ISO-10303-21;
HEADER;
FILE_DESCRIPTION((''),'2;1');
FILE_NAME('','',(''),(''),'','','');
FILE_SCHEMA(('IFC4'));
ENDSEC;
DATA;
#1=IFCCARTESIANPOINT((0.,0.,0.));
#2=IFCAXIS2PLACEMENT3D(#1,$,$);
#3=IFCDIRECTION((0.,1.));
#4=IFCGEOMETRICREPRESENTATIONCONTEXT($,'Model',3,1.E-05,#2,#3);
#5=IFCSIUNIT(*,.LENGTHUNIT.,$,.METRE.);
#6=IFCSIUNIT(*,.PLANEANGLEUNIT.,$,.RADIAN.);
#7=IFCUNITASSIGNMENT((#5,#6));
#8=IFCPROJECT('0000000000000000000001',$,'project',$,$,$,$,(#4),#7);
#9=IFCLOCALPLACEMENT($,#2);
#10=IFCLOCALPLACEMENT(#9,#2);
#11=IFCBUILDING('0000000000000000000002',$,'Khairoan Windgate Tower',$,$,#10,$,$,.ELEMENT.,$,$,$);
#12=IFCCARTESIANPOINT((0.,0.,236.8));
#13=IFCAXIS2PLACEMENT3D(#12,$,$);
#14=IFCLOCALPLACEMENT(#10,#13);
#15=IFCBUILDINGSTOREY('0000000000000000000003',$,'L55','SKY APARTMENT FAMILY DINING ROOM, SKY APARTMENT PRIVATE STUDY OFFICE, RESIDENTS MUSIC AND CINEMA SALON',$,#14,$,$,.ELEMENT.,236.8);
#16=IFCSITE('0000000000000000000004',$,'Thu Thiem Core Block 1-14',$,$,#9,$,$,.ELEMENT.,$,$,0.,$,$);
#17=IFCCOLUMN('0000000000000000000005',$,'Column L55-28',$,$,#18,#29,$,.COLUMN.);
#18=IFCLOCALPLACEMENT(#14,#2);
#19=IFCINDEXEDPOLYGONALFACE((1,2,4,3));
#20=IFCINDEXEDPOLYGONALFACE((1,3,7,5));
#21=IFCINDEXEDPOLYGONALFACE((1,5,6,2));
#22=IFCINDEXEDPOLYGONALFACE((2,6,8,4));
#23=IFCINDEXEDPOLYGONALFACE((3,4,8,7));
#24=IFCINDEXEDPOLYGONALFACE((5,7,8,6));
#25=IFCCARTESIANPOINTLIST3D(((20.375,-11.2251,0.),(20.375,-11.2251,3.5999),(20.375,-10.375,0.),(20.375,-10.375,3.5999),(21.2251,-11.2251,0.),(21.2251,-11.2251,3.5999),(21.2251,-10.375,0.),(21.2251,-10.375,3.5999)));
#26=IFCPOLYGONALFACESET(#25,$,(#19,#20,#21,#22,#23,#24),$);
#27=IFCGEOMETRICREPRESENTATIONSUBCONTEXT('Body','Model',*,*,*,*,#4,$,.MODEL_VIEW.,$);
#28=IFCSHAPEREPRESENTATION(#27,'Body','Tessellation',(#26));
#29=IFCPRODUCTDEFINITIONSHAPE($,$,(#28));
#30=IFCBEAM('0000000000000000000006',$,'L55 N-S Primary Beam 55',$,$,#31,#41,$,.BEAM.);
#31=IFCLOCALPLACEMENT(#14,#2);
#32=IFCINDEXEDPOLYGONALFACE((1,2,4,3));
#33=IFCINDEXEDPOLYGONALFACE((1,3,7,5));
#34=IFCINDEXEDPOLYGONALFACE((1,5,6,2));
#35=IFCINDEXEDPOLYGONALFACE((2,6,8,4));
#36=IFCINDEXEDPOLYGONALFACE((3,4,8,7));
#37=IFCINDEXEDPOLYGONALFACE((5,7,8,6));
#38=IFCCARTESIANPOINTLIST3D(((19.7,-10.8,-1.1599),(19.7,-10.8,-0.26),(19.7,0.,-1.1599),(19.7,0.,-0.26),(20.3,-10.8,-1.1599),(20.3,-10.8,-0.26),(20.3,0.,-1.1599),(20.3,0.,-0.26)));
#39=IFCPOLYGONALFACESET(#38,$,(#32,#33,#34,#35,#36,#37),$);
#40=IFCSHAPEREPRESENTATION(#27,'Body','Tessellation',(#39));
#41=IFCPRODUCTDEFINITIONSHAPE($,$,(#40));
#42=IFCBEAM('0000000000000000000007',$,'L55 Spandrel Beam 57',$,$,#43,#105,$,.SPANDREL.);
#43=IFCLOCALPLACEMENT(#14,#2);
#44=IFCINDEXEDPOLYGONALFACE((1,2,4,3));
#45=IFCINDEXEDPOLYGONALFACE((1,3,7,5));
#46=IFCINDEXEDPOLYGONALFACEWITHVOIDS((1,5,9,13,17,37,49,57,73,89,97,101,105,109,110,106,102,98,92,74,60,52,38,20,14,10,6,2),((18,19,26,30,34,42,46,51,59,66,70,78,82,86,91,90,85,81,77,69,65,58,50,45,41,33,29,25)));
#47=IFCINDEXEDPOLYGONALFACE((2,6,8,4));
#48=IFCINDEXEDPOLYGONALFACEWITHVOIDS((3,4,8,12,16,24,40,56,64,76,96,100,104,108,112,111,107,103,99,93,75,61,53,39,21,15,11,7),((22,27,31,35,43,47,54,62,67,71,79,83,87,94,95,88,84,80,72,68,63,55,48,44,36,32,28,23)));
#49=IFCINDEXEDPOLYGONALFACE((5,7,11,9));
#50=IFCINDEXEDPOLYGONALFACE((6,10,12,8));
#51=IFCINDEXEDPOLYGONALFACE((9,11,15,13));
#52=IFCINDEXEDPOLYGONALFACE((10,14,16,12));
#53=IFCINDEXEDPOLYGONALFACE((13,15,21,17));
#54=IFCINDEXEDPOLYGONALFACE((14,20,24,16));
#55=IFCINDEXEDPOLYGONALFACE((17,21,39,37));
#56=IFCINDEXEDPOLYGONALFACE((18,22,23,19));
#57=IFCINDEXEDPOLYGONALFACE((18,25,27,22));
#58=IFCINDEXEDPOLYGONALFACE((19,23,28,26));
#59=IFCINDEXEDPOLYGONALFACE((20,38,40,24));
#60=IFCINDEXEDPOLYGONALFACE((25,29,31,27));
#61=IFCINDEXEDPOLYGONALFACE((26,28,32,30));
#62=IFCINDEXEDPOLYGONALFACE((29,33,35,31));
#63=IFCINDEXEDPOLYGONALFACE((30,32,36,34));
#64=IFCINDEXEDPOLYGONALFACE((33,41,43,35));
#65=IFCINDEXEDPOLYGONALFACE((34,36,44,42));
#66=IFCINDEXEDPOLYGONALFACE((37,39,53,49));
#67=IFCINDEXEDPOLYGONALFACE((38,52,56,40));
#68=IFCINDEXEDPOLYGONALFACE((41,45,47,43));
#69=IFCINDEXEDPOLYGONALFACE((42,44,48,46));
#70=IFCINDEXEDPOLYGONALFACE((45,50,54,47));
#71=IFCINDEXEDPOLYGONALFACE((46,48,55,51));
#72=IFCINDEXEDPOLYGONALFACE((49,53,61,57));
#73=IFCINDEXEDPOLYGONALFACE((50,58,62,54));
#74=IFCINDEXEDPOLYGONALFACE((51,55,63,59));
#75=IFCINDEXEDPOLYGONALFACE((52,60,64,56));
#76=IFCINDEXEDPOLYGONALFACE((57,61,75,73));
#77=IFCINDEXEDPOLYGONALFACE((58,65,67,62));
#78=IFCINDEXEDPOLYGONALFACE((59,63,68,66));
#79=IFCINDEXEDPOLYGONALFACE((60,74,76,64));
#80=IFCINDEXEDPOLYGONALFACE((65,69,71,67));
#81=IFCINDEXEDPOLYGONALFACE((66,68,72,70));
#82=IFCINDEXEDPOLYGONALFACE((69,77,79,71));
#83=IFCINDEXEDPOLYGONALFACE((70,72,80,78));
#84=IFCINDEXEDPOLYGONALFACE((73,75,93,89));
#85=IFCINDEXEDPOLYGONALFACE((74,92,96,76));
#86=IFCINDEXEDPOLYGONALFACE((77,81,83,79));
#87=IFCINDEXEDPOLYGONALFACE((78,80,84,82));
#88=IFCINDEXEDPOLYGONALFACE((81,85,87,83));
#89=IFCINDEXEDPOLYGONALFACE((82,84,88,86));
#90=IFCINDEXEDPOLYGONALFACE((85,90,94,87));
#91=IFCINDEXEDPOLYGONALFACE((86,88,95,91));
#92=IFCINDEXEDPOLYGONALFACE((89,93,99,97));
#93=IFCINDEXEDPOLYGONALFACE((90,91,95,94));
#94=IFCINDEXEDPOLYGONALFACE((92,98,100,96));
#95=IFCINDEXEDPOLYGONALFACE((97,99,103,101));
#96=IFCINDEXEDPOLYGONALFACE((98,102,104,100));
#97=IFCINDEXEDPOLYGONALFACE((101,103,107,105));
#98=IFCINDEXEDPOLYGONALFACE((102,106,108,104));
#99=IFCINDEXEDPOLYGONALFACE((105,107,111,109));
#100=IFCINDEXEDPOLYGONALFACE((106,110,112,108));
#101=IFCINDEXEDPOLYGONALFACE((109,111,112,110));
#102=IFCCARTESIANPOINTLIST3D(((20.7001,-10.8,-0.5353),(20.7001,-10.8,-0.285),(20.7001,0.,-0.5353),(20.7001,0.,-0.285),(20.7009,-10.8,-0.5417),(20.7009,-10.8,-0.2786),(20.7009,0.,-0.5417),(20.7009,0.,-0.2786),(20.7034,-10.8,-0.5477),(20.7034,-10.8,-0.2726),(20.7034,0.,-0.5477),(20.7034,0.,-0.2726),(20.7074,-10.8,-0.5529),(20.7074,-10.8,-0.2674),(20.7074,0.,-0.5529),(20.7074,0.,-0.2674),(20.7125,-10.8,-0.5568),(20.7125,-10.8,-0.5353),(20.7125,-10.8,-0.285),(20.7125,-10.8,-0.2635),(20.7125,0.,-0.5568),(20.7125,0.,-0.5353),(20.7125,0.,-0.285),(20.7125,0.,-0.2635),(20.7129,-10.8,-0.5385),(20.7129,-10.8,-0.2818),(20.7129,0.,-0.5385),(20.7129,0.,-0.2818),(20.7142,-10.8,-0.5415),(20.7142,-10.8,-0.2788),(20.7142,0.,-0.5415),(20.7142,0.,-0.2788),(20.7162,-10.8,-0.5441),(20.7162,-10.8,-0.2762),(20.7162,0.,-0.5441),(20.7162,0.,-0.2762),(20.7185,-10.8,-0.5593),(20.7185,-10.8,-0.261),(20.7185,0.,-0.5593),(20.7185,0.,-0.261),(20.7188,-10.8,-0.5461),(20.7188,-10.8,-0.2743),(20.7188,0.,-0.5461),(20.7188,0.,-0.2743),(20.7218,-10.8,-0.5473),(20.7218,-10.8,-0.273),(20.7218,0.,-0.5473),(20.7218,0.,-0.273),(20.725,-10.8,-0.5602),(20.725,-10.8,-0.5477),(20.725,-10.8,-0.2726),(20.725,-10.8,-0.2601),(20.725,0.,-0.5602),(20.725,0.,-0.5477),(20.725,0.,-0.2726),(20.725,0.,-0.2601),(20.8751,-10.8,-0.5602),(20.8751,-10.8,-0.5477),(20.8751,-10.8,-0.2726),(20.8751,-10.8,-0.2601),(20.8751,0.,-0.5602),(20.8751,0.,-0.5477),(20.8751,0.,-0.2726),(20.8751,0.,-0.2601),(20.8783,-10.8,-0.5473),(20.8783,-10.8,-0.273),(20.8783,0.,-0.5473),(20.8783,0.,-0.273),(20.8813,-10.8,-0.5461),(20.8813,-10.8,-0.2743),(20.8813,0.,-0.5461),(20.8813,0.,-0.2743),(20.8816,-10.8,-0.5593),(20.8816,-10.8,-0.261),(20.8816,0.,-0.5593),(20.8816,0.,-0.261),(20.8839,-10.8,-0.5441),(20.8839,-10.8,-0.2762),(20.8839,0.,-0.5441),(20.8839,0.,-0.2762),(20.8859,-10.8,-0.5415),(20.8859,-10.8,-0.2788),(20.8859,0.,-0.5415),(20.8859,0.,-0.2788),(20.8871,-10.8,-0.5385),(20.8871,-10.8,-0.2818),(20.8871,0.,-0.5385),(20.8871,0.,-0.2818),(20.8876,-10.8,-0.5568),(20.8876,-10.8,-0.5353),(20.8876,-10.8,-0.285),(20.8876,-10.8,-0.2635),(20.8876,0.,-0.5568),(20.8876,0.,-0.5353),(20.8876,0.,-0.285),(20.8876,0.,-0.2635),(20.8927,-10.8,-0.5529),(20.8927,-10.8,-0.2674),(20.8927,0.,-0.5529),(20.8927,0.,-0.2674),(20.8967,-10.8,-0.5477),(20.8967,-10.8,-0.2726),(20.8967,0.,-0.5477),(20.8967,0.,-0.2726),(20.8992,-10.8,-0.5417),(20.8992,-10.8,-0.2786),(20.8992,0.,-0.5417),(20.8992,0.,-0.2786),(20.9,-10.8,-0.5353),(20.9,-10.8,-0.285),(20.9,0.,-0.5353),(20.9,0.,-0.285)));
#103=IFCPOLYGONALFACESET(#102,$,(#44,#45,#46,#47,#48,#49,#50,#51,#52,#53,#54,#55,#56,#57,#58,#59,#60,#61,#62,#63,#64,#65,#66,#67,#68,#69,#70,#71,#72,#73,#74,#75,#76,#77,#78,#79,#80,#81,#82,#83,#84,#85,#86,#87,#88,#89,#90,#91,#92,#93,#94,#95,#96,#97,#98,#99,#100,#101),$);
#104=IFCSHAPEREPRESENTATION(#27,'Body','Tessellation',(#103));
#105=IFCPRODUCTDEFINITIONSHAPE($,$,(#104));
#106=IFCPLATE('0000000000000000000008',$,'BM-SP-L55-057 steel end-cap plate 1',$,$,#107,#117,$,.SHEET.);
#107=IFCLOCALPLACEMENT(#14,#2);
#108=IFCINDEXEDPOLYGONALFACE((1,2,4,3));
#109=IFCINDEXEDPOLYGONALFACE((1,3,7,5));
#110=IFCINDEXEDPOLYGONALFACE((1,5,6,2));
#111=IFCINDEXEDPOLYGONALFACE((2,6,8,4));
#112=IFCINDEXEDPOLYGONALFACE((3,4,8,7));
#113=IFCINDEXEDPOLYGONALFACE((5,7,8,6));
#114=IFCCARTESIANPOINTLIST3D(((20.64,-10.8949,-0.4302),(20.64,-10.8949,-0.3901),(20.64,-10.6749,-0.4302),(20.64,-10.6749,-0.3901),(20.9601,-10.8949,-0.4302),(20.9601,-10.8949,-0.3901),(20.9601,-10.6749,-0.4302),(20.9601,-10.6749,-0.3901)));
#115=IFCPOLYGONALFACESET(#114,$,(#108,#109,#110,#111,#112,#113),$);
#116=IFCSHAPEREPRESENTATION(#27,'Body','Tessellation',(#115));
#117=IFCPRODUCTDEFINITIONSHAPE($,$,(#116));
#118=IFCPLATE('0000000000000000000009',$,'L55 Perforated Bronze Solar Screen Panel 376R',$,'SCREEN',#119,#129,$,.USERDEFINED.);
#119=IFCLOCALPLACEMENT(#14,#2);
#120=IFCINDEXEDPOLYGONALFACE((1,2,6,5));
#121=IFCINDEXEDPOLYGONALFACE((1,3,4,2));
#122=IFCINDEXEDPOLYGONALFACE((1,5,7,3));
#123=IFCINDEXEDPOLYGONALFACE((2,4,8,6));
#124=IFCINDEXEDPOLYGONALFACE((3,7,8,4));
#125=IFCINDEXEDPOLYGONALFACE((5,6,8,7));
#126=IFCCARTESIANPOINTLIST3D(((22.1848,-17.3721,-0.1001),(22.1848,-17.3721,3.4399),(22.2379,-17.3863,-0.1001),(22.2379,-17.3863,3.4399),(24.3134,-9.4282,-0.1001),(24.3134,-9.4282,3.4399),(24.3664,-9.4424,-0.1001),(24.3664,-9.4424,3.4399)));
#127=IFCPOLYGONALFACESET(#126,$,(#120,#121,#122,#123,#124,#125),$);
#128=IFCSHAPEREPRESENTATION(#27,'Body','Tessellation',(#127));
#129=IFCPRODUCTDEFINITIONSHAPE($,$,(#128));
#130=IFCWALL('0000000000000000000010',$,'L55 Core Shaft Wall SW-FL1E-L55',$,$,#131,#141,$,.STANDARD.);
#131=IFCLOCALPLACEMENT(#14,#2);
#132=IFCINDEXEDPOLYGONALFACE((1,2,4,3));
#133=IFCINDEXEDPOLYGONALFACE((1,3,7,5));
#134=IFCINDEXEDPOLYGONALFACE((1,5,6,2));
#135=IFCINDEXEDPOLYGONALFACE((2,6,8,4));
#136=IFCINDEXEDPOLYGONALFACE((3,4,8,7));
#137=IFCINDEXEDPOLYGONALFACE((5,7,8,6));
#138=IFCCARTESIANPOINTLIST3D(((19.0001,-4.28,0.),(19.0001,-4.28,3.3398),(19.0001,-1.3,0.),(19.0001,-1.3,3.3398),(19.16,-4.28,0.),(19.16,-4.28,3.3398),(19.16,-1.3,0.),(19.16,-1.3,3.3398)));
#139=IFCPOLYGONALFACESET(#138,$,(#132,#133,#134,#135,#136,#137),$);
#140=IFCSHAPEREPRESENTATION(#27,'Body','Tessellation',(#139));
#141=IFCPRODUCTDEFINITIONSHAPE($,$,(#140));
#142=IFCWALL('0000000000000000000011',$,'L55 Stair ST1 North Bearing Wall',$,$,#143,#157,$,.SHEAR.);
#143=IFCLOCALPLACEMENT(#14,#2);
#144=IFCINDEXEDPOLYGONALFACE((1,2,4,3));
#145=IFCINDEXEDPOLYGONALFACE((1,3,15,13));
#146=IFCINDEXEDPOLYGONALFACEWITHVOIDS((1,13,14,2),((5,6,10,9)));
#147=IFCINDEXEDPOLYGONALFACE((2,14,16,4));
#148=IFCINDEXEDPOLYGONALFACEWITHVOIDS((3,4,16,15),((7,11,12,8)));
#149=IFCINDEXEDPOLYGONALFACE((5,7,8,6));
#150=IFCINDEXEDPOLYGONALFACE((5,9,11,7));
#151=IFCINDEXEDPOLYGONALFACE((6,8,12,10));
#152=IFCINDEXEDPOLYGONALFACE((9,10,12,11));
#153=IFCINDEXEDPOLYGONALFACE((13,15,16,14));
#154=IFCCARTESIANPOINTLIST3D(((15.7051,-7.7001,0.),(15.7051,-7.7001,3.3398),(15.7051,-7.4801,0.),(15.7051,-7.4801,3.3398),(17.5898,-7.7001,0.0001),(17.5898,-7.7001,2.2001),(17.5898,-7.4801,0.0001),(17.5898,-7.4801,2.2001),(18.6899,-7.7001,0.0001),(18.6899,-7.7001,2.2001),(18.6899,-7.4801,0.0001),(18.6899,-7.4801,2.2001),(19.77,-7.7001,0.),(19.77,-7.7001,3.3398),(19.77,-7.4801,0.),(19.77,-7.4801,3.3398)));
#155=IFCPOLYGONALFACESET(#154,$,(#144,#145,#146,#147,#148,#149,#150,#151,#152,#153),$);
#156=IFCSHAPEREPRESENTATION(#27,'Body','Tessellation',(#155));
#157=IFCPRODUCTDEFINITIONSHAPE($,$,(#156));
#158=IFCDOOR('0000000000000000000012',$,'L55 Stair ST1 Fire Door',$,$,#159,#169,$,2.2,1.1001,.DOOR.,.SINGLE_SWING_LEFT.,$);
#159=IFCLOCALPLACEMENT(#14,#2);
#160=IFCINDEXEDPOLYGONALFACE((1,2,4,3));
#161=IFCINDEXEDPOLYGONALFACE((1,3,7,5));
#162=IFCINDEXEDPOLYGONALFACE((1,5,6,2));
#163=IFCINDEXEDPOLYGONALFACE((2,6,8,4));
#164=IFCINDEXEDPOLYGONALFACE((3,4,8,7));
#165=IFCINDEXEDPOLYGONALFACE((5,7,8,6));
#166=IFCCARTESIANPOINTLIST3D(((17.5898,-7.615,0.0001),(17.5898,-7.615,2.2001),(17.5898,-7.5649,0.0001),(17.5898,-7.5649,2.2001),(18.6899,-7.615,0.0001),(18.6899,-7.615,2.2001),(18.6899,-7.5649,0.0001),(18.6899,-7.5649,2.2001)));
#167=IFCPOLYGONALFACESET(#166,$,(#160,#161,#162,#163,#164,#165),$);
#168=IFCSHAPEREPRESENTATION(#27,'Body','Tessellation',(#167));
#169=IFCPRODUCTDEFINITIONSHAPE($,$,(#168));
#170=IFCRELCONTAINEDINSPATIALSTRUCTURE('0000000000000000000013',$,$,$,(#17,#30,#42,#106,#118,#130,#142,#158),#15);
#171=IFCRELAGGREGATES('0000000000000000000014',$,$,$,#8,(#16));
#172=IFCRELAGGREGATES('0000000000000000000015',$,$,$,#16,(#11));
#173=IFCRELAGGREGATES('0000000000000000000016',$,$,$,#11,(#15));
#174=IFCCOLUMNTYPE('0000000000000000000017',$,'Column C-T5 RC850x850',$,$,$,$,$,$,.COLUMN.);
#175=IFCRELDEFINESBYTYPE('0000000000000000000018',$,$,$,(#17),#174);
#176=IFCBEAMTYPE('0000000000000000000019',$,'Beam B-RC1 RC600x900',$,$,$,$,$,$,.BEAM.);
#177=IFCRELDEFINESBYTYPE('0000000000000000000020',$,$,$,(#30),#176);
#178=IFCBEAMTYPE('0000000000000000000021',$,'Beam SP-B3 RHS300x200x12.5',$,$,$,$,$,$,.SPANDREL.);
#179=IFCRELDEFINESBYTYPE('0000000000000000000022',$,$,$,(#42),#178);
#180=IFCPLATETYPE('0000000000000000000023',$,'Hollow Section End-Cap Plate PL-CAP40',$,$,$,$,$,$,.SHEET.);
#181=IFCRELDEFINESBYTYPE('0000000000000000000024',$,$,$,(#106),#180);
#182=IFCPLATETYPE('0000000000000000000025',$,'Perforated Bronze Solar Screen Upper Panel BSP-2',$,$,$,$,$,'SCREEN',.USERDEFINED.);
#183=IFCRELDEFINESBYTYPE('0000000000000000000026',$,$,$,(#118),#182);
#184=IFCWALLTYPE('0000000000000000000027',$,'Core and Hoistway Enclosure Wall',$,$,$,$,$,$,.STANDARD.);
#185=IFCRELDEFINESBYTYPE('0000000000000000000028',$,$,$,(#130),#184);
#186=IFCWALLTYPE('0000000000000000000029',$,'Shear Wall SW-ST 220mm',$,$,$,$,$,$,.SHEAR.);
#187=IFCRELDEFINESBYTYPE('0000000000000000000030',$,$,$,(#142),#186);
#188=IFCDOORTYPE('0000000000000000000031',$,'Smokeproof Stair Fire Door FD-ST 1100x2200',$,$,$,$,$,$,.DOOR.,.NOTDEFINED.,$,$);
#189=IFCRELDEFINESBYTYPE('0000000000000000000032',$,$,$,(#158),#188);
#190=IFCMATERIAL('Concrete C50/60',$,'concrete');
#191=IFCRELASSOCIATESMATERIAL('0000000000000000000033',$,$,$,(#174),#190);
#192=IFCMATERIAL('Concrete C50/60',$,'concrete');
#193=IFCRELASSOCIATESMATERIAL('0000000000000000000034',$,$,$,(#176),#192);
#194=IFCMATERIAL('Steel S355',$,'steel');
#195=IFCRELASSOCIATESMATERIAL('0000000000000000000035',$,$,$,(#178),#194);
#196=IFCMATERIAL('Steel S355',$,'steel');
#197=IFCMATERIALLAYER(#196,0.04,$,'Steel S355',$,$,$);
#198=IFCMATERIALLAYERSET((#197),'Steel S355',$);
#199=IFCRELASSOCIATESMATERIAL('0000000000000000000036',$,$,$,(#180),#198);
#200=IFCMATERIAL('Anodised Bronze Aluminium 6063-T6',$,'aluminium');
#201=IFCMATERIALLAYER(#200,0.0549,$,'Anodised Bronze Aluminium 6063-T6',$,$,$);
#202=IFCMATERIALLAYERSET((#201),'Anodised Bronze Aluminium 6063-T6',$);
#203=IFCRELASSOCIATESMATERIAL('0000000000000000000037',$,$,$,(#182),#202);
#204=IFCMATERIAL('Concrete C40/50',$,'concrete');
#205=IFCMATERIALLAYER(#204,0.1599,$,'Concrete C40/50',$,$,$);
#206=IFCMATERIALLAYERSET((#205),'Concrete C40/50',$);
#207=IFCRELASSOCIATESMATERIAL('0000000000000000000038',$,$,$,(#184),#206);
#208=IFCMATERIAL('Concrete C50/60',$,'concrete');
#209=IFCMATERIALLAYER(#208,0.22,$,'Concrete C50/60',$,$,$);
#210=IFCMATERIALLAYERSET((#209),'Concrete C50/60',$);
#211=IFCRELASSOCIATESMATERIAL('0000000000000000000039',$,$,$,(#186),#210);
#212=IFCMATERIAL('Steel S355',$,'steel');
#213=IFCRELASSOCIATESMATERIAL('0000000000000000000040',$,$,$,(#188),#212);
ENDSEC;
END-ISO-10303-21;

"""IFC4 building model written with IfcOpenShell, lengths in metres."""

from ifc_helpers import new_model, si_unit, direction, frame, frame_2d, origin, origin_2d, place, context, subcontext, project, spatial, rectangle, hollow_rectangle, extrude, material, layer, layer_set, material_profile, profile_set, type_object, element, fill, save


model = new_model("IFC4")

# Units and contexts
model_context = context("Model", 3, precision=1e-05, world=origin(), true_north=direction((0.0, 1.0)))
body_context = subcontext(model_context, "Body", "Model", "MODEL_VIEW")
ifc_project = project(units=[si_unit("LENGTHUNIT", "METRE"), si_unit("PLANEANGLEUNIT", "RADIAN")], contexts=[model_context])

# Site, building, storey
site_placement = place(None, origin())
site = spatial("IfcSite", under=ifc_project, at=site_placement, Name="Thu Thiem Core Block 1-14", CompositionType="ELEMENT", RefElevation=0.0)
building_placement = place(site_placement, origin())
building = spatial("IfcBuilding", under=site, at=building_placement, Name="Khairoan Windgate Tower", CompositionType="ELEMENT")
storey_placement = place(building_placement, frame((0.0, 0.0, 236.8)))
storey = spatial("IfcBuildingStorey", under=building, at=storey_placement, Name="L55", Description="SKY APARTMENT FAMILY DINING ROOM, SKY APARTMENT PRIVATE STUDY OFFICE, RESIDENTS MUSIC AND CINEMA SALON", CompositionType="ELEMENT", Elevation=236.8)

# Column
ifc_material_1 = material(Name="Concrete C50/60", Category="concrete")
ifc_material_profile_1 = material_profile(ifc_material_1, rectangle(XDim=0.8501, YDim=0.8501, at=origin_2d()))
ifc_profile_set_1 = profile_set([ifc_material_profile_1], Name="Concrete C50/60")
column_type = type_object("IfcColumnType", Name="Column C-T5 RC850x850", PredefinedType="COLUMN", material=ifc_profile_set_1)
column_placement = place(storey_placement, frame((20.8, -10.8, 0.0), z_axis=(0.0, 0.0, 1.0), x_axis=(1.0, 0.0, 0.0)))
element("IfcColumn", 1, at=column_placement, inside=storey, type_object=column_type, Name="Column L55-28", PredefinedType="COLUMN", context=body_context, shape_type="SweptSolid", body=[
    extrude(rectangle(XDim=0.8501, YDim=0.8501, at=origin_2d()), origin(), (0.0, 0.0, 1.0), 3.5999),
])

# Beams
ifc_material_2 = material(Name="Concrete C50/60", Category="concrete")
ifc_material_profile_2 = material_profile(ifc_material_2, rectangle(XDim=0.6001, YDim=0.8999, at=origin_2d()))
ifc_profile_set_2 = profile_set([ifc_material_profile_2], Name="Concrete C50/60")
beam_type_1 = type_object("IfcBeamType", Name="Beam B-RC1 RC600x900", PredefinedType="BEAM", material=ifc_profile_set_2)
beam_1_placement = place(storey_placement, frame((20.0, -10.8, -0.71), z_axis=(0.0, 1.0, 0.0), x_axis=(-1.0, 0.0, 0.0)))
element("IfcBeam", 2, at=beam_1_placement, inside=storey, type_object=beam_type_1, Name="L55 N-S Primary Beam 55", PredefinedType="BEAM", context=body_context, shape_type="SweptSolid", body=[
    extrude(rectangle(XDim=0.6001, YDim=0.8999, at=origin_2d()), origin(), (0.0, 0.0, 1.0), 10.8),
])
ifc_material_3 = material(Name="Steel S355", Category="steel")
ifc_material_profile_3 = material_profile(ifc_material_3, hollow_rectangle(XDim=0.2, YDim=0.3, WallThickness=0.0125, InnerFilletRadius=0.0125, OuterFilletRadius=0.0249, at=origin_2d()))
ifc_profile_set_3 = profile_set([ifc_material_profile_3], Name="Steel S355")
beam_type_2 = type_object("IfcBeamType", Name="Beam SP-B3 RHS300x200x12.5", PredefinedType="SPANDREL", material=ifc_profile_set_3)
beam_2_placement = place(storey_placement, frame((20.8, -10.8, -0.4102), z_axis=(0.0, 1.0, 0.0), x_axis=(-1.0, 0.0, 0.0)))
element("IfcBeam", 3, at=beam_2_placement, inside=storey, type_object=beam_type_2, Name="L55 Spandrel Beam 57", PredefinedType="SPANDREL", context=body_context, shape_type="SweptSolid", body=[
    extrude(hollow_rectangle(XDim=0.2, YDim=0.3, WallThickness=0.0125, InnerFilletRadius=0.0125, OuterFilletRadius=0.0249, at=origin_2d()), origin(), (0.0, 0.0, 1.0), 10.8),
])

# Plates
ifc_material_4 = material(Name="Steel S355", Category="steel")
ifc_layer_1 = layer(ifc_material_4, 0.04, Name="Steel S355")
ifc_layer_set_1 = layer_set([ifc_layer_1], Name="Steel S355")
plate_type_1 = type_object("IfcPlateType", Name="Hollow Section End-Cap Plate PL-CAP40", PredefinedType="SHEET", material=ifc_layer_set_1)
plate_1_placement = place(storey_placement, frame((20.8, -10.7849, -0.4302), z_axis=(0.0, 0.0, 1.0), x_axis=(0.0, 1.0, 0.0)))
element("IfcPlate", 4, at=plate_1_placement, inside=storey, type_object=plate_type_1, Name="BM-SP-L55-057 steel end-cap plate 1", PredefinedType="SHEET", context=body_context, shape_type="SweptSolid", body=[
    extrude(rectangle(XDim=0.22, YDim=0.3201, at=origin_2d()), origin(), (0.0, 0.0, 1.0), 0.04),
])
ifc_material_5 = material(Name="Anodised Bronze Aluminium 6063-T6", Category="aluminium")
ifc_layer_2 = layer(ifc_material_5, 0.0549, Name="Anodised Bronze Aluminium 6063-T6")
ifc_layer_set_2 = layer_set([ifc_layer_2], Name="Anodised Bronze Aluminium 6063-T6")
plate_type_2 = type_object("IfcPlateType", Name="Perforated Bronze Solar Screen Upper Panel BSP-2", ElementType="SCREEN", PredefinedType="USERDEFINED", material=ifc_layer_set_2)
plate_2_placement = place(storey_placement, frame((23.2756, -13.4072, -0.1001), z_axis=(0.0, 0.0, 1.0), x_axis=(-0.258819, -0.965926, 0.0)))
element("IfcPlate", 5, at=plate_2_placement, inside=storey, type_object=plate_type_2, Name="L55 Perforated Bronze Solar Screen Panel 376R", ObjectType="SCREEN", PredefinedType="USERDEFINED", context=body_context, shape_type="SweptSolid", body=[
    extrude(rectangle(XDim=8.2241, YDim=0.0549, at=origin_2d()), origin(), (0.0, 0.0, 1.0), 3.54),
])

# Wall
ifc_material_6 = material(Name="Concrete C40/50", Category="concrete")
ifc_layer_3 = layer(ifc_material_6, 0.1599, Name="Concrete C40/50")
ifc_layer_set_3 = layer_set([ifc_layer_3], Name="Concrete C40/50")
wall_type_1 = type_object("IfcWallType", Name="Core and Hoistway Enclosure Wall", PredefinedType="STANDARD", material=ifc_layer_set_3)
wall_1_placement = place(storey_placement, frame((19.0801, -4.28, 0.0), z_axis=(0.0, 0.0, 1.0), x_axis=(0.0, 1.0, 0.0)))
element("IfcWall", 6, at=wall_1_placement, inside=storey, type_object=wall_type_1, Name="L55 Core Shaft Wall SW-FL1E-L55", PredefinedType="STANDARD", context=body_context, shape_type="SweptSolid", body=[
    extrude(rectangle(XDim=2.98, YDim=0.1599, at=frame_2d((1.49, 0.0))), origin(), (0.0, 0.0, 1.0), 3.3398),
])

# Wall, opening, door
ifc_material_7 = material(Name="Concrete C50/60", Category="concrete")
ifc_layer_4 = layer(ifc_material_7, 0.22, Name="Concrete C50/60")
ifc_layer_set_4 = layer_set([ifc_layer_4], Name="Concrete C50/60")
wall_type_2 = type_object("IfcWallType", Name="Shear Wall SW-ST 220mm", PredefinedType="SHEAR", material=ifc_layer_set_4)
wall_2_placement = place(storey_placement, frame((19.77, -7.5901, 0.0), z_axis=(0.0, 0.0, 1.0), x_axis=(-1.0, 0.0, 0.0)))
wall_2 = element("IfcWall", 7, at=wall_2_placement, inside=storey, type_object=wall_type_2, Name="L55 Stair ST1 North Bearing Wall", PredefinedType="SHEAR", context=body_context, shape_type="SweptSolid", body=[
    extrude(rectangle(XDim=4.0649, YDim=0.22, at=frame_2d((2.0325, 0.0))), origin(), (0.0, 0.0, 1.0), 3.3398),
])
opening_placement = place(wall_2_placement, frame((1.0801, 0.0, 0.0)))
opening = element("IfcOpeningElement", 8, at=opening_placement, cuts=wall_2, PredefinedType="OPENING", context=body_context, shape_type="SweptSolid", body=[
    extrude(rectangle(XDim=1.1001, YDim=2.2, at=frame_2d((0.55, 1.1001))), frame((0.0, 0.1199, 0.0), z_axis=(0.0, -1.0, 0.0), x_axis=(1.0, 0.0, 0.0)), (0.0, 0.0, 1.0), 0.24),
])
ifc_material_8 = material(Name="Steel S355", Category="steel")
door_type = type_object("IfcDoorType", Name="Smokeproof Stair Fire Door FD-ST 1100x2200", OperationType="NOTDEFINED", PredefinedType="DOOR", material=ifc_material_8)
door_placement = place(opening_placement, origin())
door = element("IfcDoor", 9, at=door_placement, inside=storey, type_object=door_type, Name="L55 Stair ST1 Fire Door", OperationType="SINGLE_SWING_LEFT", OverallHeight=2.2, OverallWidth=1.1001, PredefinedType="DOOR", context=body_context, shape_type="SweptSolid", body=[
    extrude(rectangle(XDim=1.1001, YDim=2.2, at=frame_2d((0.55, 1.1001))), frame((0.0, 0.0249, 0.0), z_axis=(0.0, -1.0, 0.0), x_axis=(1.0, 0.0, 0.0)), (0.0, 0.0, 1.0), 0.05),
])
fill(opening, door)

save(model, "model.ifc")
